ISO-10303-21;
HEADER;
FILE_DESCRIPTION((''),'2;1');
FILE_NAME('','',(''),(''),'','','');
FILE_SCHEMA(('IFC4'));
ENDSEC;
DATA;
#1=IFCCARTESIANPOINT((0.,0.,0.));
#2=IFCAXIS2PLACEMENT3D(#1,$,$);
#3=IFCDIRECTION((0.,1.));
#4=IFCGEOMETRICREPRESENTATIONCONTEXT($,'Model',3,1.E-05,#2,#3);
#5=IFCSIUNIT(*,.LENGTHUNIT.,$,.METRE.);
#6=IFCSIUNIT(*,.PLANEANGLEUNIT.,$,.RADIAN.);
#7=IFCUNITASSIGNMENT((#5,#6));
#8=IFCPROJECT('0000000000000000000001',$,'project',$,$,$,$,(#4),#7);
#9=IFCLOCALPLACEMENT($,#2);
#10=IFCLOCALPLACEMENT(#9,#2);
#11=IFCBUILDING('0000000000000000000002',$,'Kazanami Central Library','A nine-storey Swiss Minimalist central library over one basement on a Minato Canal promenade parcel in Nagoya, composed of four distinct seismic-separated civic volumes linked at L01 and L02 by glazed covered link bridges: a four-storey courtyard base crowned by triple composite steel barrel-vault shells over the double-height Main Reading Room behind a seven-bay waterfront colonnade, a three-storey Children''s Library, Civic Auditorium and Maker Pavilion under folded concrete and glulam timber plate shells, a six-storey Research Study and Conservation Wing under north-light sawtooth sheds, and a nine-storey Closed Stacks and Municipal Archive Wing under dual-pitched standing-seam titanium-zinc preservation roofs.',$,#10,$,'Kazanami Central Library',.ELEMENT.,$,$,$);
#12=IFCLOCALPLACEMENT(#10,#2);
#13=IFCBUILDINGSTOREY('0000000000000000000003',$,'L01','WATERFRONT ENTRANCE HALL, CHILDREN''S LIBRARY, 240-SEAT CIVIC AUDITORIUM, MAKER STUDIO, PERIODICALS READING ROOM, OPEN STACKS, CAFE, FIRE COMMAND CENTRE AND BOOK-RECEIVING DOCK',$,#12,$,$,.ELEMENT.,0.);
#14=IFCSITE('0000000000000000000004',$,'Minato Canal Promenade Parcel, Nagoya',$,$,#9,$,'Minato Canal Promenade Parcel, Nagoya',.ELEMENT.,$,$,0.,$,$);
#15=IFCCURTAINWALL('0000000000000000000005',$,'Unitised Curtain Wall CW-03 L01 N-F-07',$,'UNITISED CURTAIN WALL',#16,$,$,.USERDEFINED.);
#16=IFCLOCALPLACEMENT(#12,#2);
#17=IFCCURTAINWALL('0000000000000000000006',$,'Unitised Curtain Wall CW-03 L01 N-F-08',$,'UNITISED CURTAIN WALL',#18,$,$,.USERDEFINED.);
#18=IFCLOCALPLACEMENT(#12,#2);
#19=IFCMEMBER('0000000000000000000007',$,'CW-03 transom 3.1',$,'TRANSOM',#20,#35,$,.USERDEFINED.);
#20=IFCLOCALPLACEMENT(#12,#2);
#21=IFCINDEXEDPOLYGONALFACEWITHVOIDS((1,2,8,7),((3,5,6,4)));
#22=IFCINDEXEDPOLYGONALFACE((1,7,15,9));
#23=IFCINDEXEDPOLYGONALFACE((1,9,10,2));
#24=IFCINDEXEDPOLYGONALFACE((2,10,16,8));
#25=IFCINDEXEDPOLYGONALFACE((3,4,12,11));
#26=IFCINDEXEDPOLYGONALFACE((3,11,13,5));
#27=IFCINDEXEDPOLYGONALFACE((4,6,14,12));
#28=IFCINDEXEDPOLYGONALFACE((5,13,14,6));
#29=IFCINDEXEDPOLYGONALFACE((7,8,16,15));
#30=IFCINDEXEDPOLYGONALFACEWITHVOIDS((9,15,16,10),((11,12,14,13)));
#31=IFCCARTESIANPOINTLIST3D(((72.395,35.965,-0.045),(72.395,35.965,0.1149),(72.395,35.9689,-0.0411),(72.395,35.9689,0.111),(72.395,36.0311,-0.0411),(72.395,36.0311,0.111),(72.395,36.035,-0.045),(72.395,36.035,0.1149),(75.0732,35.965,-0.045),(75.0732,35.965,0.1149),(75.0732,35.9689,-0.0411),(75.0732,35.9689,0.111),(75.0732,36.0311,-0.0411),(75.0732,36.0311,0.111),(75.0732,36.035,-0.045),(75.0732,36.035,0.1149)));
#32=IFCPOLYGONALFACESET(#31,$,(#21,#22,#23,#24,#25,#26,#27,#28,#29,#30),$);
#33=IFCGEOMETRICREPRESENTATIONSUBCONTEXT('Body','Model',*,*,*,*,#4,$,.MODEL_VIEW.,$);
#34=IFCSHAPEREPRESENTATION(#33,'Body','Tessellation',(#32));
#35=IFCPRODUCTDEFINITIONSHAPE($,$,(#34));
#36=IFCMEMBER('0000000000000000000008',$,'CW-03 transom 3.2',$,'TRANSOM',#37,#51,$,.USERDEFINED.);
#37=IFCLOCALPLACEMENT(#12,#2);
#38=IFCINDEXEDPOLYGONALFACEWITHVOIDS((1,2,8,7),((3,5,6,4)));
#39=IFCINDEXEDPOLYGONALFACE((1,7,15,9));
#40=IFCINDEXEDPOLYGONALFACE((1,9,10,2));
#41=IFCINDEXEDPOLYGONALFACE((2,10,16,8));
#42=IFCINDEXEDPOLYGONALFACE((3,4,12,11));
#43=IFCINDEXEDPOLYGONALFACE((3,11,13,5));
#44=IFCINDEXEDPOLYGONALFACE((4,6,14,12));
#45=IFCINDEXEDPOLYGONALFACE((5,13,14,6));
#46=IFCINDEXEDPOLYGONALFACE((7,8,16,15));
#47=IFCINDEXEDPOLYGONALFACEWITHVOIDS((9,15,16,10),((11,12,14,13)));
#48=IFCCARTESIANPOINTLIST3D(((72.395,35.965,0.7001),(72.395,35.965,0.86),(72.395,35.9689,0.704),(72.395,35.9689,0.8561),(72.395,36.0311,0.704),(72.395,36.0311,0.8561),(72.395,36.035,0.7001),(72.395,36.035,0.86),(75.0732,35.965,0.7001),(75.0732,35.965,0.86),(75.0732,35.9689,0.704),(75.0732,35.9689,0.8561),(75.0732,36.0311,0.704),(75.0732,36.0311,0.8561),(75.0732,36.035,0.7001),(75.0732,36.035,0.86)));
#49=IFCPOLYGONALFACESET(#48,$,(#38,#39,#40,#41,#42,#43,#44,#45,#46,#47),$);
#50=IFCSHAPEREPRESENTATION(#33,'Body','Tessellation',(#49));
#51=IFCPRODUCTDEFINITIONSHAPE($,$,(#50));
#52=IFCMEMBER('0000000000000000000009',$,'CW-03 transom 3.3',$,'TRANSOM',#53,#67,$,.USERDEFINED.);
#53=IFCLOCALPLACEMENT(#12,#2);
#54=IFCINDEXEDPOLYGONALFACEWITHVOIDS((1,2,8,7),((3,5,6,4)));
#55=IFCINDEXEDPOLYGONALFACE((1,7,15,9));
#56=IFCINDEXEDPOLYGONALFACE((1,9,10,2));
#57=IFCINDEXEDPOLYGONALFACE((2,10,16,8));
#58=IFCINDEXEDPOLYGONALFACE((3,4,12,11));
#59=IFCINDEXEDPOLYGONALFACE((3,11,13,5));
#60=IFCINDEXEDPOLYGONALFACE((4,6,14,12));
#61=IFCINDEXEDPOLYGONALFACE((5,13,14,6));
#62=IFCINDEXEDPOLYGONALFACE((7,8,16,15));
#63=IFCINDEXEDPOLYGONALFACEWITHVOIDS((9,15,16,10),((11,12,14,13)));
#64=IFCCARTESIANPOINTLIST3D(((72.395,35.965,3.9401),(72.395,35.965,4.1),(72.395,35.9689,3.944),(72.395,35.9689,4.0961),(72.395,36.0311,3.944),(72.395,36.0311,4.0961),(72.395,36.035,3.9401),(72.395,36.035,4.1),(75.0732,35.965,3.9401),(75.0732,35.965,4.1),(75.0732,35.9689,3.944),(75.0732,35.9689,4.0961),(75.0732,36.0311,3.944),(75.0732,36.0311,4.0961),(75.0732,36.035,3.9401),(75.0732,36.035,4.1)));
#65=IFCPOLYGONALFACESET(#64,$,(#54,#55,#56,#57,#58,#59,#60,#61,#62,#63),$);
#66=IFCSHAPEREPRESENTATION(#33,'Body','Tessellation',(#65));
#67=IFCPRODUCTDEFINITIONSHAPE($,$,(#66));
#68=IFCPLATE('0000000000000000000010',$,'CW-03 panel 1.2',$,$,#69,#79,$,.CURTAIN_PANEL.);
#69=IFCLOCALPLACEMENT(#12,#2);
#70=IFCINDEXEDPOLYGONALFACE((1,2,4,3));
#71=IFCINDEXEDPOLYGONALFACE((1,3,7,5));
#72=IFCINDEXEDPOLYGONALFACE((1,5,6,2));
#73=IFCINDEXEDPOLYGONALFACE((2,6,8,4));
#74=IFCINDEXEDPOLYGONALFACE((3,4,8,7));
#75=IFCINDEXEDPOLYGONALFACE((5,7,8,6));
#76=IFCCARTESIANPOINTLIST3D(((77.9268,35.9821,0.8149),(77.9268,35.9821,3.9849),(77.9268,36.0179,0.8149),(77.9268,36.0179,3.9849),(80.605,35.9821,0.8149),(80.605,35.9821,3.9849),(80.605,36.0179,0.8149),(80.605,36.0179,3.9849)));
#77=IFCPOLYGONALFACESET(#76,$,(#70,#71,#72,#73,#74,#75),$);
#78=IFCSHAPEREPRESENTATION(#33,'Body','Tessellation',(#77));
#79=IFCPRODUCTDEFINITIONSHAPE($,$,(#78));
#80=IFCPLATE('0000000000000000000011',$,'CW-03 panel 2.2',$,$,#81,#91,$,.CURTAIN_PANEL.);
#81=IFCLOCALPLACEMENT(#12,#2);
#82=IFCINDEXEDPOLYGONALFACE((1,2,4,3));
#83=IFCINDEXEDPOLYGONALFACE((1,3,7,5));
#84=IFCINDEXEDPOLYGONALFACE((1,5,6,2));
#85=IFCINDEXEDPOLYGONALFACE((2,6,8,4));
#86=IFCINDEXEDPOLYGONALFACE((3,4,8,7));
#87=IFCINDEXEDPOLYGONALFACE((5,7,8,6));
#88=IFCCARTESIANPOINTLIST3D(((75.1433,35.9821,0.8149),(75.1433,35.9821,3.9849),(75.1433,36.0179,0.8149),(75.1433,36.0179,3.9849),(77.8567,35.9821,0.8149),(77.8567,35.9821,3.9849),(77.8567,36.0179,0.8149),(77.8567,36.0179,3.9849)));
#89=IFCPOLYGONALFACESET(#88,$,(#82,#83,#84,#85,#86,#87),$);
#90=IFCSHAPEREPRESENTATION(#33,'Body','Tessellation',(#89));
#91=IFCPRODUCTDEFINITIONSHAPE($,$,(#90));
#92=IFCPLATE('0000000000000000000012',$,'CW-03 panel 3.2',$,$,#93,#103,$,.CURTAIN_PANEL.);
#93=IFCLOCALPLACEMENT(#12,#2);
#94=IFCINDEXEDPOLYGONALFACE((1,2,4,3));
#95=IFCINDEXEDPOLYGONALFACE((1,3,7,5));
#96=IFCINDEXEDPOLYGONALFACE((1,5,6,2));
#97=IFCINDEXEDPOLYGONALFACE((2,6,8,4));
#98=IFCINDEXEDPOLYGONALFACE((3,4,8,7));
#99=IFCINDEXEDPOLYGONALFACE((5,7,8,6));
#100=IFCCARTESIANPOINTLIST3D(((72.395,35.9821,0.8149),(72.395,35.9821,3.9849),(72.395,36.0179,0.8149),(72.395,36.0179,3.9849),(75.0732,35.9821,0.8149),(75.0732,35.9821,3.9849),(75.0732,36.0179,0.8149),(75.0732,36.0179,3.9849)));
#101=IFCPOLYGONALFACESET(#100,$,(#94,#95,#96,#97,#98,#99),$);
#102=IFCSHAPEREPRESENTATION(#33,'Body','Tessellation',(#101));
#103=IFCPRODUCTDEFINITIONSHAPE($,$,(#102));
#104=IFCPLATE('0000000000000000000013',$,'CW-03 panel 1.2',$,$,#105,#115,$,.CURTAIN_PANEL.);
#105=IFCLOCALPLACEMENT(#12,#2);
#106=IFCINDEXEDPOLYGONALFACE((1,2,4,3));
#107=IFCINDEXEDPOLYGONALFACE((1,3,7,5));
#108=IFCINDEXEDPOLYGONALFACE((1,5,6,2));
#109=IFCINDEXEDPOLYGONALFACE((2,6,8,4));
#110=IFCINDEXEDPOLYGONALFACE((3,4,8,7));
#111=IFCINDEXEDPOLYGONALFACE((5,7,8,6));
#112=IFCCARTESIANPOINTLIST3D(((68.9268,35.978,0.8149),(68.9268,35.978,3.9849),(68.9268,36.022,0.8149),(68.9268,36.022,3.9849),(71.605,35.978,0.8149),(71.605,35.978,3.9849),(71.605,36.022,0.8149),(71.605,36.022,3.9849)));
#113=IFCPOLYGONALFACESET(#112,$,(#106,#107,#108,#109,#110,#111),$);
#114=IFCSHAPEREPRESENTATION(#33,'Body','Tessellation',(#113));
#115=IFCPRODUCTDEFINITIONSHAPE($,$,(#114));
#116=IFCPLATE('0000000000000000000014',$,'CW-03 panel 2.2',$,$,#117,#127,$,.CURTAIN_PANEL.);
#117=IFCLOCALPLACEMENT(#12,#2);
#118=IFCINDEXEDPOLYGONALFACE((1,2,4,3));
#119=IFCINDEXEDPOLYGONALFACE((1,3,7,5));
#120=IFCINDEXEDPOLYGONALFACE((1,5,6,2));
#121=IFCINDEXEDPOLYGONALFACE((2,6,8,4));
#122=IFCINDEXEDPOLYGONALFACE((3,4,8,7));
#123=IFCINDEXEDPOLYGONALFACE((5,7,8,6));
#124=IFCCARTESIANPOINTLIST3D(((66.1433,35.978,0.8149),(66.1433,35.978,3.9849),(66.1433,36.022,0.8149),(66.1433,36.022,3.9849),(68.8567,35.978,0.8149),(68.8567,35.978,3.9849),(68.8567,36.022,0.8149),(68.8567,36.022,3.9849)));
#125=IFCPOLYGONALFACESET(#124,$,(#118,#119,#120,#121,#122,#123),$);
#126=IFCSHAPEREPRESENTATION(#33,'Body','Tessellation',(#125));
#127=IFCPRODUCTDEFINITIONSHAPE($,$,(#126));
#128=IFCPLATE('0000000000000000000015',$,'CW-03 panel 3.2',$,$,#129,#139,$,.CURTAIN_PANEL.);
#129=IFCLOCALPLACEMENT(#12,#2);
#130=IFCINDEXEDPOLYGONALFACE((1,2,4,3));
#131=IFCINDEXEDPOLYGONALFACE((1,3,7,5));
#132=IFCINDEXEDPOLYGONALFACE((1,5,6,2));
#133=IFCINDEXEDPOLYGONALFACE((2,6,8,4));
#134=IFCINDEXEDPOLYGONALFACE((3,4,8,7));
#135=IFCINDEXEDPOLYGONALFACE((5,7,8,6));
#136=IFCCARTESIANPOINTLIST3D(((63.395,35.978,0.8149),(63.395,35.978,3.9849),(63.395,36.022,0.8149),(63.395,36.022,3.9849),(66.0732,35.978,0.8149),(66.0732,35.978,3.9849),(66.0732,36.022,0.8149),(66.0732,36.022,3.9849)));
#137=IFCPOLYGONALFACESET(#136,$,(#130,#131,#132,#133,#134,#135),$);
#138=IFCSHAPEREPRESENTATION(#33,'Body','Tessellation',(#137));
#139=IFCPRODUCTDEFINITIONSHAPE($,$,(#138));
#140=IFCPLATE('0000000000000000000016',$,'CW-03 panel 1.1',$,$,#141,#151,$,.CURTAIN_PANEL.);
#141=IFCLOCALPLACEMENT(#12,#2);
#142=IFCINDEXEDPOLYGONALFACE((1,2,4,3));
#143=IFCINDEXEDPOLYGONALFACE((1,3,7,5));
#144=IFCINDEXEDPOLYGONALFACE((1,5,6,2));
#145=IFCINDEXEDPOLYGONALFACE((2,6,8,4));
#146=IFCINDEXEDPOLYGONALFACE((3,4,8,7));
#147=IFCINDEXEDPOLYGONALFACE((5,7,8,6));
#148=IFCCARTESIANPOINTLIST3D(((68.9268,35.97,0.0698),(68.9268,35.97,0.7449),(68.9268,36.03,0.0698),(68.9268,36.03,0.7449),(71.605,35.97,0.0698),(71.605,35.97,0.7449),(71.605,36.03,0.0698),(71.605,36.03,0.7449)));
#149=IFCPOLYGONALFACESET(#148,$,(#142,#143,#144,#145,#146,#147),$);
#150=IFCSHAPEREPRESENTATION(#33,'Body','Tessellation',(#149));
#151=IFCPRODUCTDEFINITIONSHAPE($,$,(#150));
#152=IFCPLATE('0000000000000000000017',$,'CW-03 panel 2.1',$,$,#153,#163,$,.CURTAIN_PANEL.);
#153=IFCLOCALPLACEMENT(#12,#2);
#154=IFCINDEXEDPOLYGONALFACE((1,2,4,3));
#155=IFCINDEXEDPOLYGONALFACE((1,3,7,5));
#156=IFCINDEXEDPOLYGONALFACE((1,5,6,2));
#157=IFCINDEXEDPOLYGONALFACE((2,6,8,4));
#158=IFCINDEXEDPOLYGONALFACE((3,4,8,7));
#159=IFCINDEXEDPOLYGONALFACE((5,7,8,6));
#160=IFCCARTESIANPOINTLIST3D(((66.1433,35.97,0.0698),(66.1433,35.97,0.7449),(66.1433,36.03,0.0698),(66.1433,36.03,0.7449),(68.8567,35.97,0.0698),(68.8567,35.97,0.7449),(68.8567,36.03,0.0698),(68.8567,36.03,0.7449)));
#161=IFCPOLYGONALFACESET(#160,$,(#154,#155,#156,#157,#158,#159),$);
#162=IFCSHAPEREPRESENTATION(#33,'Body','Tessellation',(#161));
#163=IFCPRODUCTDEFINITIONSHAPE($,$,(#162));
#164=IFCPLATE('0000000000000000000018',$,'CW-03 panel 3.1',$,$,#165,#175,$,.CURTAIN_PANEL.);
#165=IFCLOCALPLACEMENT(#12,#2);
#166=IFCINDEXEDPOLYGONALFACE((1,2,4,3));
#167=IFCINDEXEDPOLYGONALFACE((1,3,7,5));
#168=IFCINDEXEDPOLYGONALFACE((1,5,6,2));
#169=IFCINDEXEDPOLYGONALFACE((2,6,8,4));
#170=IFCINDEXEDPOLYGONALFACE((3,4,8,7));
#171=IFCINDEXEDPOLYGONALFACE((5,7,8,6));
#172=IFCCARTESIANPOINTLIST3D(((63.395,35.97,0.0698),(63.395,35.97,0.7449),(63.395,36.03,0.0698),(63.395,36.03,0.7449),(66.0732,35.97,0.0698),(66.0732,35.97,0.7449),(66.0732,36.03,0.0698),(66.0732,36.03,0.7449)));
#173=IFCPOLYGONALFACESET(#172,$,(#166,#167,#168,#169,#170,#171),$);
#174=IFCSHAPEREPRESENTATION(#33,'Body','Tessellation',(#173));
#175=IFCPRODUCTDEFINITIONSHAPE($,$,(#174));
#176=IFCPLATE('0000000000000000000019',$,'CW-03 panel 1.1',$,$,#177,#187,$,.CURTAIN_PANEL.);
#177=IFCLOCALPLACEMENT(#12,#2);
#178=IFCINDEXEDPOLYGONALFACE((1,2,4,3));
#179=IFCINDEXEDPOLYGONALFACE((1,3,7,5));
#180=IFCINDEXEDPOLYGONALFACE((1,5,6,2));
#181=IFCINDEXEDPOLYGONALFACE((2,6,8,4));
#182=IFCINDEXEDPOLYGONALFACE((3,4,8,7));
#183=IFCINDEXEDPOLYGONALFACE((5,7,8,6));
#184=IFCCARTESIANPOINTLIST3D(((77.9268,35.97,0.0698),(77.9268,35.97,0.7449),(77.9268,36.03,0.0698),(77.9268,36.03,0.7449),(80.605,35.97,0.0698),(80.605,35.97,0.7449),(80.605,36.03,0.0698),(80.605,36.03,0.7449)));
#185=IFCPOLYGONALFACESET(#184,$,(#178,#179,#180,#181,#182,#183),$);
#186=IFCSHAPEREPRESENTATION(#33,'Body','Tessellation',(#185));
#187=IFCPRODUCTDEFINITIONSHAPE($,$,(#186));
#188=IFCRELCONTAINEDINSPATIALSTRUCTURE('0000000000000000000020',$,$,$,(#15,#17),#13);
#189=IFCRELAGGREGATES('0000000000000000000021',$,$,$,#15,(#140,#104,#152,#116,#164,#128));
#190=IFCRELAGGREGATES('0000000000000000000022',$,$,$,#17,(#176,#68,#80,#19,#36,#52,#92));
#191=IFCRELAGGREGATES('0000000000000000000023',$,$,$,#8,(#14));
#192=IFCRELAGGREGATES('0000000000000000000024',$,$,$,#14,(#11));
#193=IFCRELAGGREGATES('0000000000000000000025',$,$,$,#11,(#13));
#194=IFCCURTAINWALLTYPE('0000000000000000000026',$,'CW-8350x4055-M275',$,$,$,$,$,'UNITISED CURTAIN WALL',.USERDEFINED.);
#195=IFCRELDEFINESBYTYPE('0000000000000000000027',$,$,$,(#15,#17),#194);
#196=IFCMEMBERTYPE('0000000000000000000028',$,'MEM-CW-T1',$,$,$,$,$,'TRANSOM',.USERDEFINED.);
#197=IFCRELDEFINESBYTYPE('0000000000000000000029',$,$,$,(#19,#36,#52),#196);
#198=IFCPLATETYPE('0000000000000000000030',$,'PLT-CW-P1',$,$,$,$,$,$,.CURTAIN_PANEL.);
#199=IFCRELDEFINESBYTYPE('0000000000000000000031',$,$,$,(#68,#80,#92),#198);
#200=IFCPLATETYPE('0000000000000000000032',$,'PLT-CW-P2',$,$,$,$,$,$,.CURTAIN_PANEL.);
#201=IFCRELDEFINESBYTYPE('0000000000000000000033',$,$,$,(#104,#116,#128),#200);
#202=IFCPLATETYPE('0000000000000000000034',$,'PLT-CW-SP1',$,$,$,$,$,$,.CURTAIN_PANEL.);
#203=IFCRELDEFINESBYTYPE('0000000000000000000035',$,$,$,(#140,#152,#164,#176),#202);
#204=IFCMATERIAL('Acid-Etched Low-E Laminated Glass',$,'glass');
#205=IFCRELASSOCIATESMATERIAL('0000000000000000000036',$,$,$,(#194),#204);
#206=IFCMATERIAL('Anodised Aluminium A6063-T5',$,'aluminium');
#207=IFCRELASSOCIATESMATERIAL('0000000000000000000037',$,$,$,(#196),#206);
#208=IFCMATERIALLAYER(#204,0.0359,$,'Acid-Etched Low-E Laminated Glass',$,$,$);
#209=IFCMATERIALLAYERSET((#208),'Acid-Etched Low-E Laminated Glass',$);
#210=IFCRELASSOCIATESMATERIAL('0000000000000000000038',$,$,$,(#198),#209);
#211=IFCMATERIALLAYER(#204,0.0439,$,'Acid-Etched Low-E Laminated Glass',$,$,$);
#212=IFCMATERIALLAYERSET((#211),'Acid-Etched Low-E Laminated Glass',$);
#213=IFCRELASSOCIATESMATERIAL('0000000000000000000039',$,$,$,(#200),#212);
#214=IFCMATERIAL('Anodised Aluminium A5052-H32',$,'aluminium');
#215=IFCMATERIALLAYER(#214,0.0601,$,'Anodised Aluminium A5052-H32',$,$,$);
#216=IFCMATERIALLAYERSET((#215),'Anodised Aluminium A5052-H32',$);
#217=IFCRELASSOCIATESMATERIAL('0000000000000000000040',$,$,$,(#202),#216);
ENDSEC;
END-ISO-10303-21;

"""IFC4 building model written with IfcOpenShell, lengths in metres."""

from ifc_helpers import new_model, si_unit, direction, frame, origin, origin_2d, place, context, subcontext, project, spatial, rectangle, hollow_rectangle, extrude, material, layer, layer_set, material_profile, profile_set, type_object, element, aggregate, save


model = new_model("IFC4")

# Units and contexts
model_context = context("Model", 3, precision=1e-05, world=origin(), true_north=direction((0.0, 1.0)))
body_context = subcontext(model_context, "Body", "Model", "MODEL_VIEW")
ifc_project = project(units=[si_unit("LENGTHUNIT", "METRE"), si_unit("PLANEANGLEUNIT", "RADIAN")], contexts=[model_context])

# Site, building, storey
site_placement = place(None, origin())
site = spatial("IfcSite", under=ifc_project, at=site_placement, Name="Minato Canal Promenade Parcel, Nagoya", LongName="Minato Canal Promenade Parcel, Nagoya", CompositionType="ELEMENT", RefElevation=0.0)
building_placement = place(site_placement, origin())
building = spatial("IfcBuilding", under=site, at=building_placement, Name="Kazanami Central Library", Description="A nine-storey Swiss Minimalist central library over one basement on a Minato Canal promenade parcel in Nagoya, composed of four distinct seismic-separated civic volumes linked at L01 and L02 by glazed covered link bridges: a four-storey courtyard base crowned by triple composite steel barrel-vault shells over the double-height Main Reading Room behind a seven-bay waterfront colonnade, a three-storey Children's Library, Civic Auditorium and Maker Pavilion under folded concrete and glulam timber plate shells, a six-storey Research Study and Conservation Wing under north-light sawtooth sheds, and a nine-storey Closed Stacks and Municipal Archive Wing under dual-pitched standing-seam titanium-zinc preservation roofs.", LongName="Kazanami Central Library", CompositionType="ELEMENT")
storey_placement = place(building_placement, origin())
storey = spatial("IfcBuildingStorey", under=building, at=storey_placement, Name="L01", Description="WATERFRONT ENTRANCE HALL, CHILDREN'S LIBRARY, 240-SEAT CIVIC AUDITORIUM, MAKER STUDIO, PERIODICALS READING ROOM, OPEN STACKS, CAFE, FIRE COMMAND CENTRE AND BOOK-RECEIVING DOCK", CompositionType="ELEMENT", Elevation=0.0)

# Curtain walls
ifc_material_1 = material(Name="Acid-Etched Low-E Laminated Glass", Category="glass")
curtain_wall_type = type_object("IfcCurtainWallType", Name="CW-8350x4055-M275", ElementType="UNITISED CURTAIN WALL", PredefinedType="USERDEFINED", material=ifc_material_1)
curtain_wall_1_placement = place(storey_placement, origin())
curtain_wall_1 = element("IfcCurtainWall", 1, at=curtain_wall_1_placement, inside=storey, type_object=curtain_wall_type, Name="Unitised Curtain Wall CW-03 L01 N-F-07", ObjectType="UNITISED CURTAIN WALL", PredefinedType="USERDEFINED")
ifc_material_2 = material(Name="Anodised Aluminium A6063-T5", Category="aluminium")
curtain_wall_2_placement = place(storey_placement, origin())
curtain_wall_2 = element("IfcCurtainWall", 2, at=curtain_wall_2_placement, inside=storey, type_object=curtain_wall_type, Name="Unitised Curtain Wall CW-03 L01 N-F-08", ObjectType="UNITISED CURTAIN WALL", PredefinedType="USERDEFINED")

# Members
ifc_material_profile_1 = material_profile(ifc_material_2, hollow_rectangle(XDim=0.0701, YDim=0.1599, WallThickness=0.0039, at=origin_2d()), Name="ALU-TRAN-70x160x4")
ifc_profile_set_1 = profile_set([ifc_material_profile_1], Name="Anodised Aluminium A6063-T5")
member_type_1 = type_object("IfcMemberType", Name="MEM-CW-T1", ElementType="TRANSOM", PredefinedType="USERDEFINED", material=ifc_profile_set_1)
member_1_placement = place(storey_placement, frame((75.0732, 36.0, 0.0349), z_axis=(-1.0, 0.0, 0.0), x_axis=(0.0, -1.0, 0.0)))
member_1 = element("IfcMember", 3, at=member_1_placement, type_object=member_type_1, Name="CW-03 transom 3.1", ObjectType="TRANSOM", PredefinedType="USERDEFINED", context=body_context, shape_type="SweptSolid", body=[
    extrude(hollow_rectangle(XDim=0.0701, YDim=0.1599, WallThickness=0.0039, at=origin_2d()), origin(), (0.0, 0.0, 1.0), 2.6782),
])
member_2_placement = place(storey_placement, frame((75.0732, 36.0, 0.78), z_axis=(-1.0, 0.0, 0.0), x_axis=(0.0, -1.0, 0.0)))
member_2 = element("IfcMember", 4, at=member_2_placement, type_object=member_type_1, Name="CW-03 transom 3.2", ObjectType="TRANSOM", PredefinedType="USERDEFINED", context=body_context, shape_type="SweptSolid", body=[
    extrude(hollow_rectangle(XDim=0.0701, YDim=0.1599, WallThickness=0.0039, at=origin_2d()), origin(), (0.0, 0.0, 1.0), 2.6782),
])
member_3_placement = place(storey_placement, frame((75.0732, 36.0, 4.02), z_axis=(-1.0, 0.0, 0.0), x_axis=(0.0, -1.0, 0.0)))
member_3 = element("IfcMember", 5, at=member_3_placement, type_object=member_type_1, Name="CW-03 transom 3.3", ObjectType="TRANSOM", PredefinedType="USERDEFINED", context=body_context, shape_type="SweptSolid", body=[
    extrude(hollow_rectangle(XDim=0.0701, YDim=0.1599, WallThickness=0.0039, at=origin_2d()), origin(), (0.0, 0.0, 1.0), 2.6782),
])

# Plates
ifc_layer_1 = layer(ifc_material_1, 0.0359, Name="Acid-Etched Low-E Laminated Glass")
ifc_layer_set_1 = layer_set([ifc_layer_1], Name="Acid-Etched Low-E Laminated Glass")
plate_type_1 = type_object("IfcPlateType", Name="PLT-CW-P1", PredefinedType="CURTAIN_PANEL", material=ifc_layer_set_1)
plate_1_placement = place(storey_placement, frame((79.2659, 36.0, 0.8149), z_axis=(0.0, 0.0, 1.0), x_axis=(-1.0, 0.0, 0.0)))
plate_1 = element("IfcPlate", 6, at=plate_1_placement, type_object=plate_type_1, Name="CW-03 panel 1.2", PredefinedType="CURTAIN_PANEL", context=body_context, shape_type="SweptSolid", body=[
    extrude(rectangle(XDim=2.6782, YDim=0.0359, at=origin_2d()), origin(), (0.0, 0.0, 1.0), 3.1699),
])
plate_2_placement = place(storey_placement, frame((76.5, 36.0, 0.8149), z_axis=(0.0, 0.0, 1.0), x_axis=(-1.0, 0.0, 0.0)))
plate_2 = element("IfcPlate", 7, at=plate_2_placement, type_object=plate_type_1, Name="CW-03 panel 2.2", PredefinedType="CURTAIN_PANEL", context=body_context, shape_type="SweptSolid", body=[
    extrude(rectangle(XDim=2.7134, YDim=0.0359, at=origin_2d()), origin(), (0.0, 0.0, 1.0), 3.1699),
])
plate_3_placement = place(storey_placement, frame((73.7341, 36.0, 0.8149), z_axis=(0.0, 0.0, 1.0), x_axis=(-1.0, 0.0, 0.0)))
plate_3 = element("IfcPlate", 8, at=plate_3_placement, type_object=plate_type_1, Name="CW-03 panel 3.2", PredefinedType="CURTAIN_PANEL", context=body_context, shape_type="SweptSolid", body=[
    extrude(rectangle(XDim=2.6782, YDim=0.0359, at=origin_2d()), origin(), (0.0, 0.0, 1.0), 3.1699),
])
ifc_layer_2 = layer(ifc_material_1, 0.0439, Name="Acid-Etched Low-E Laminated Glass")
ifc_layer_set_2 = layer_set([ifc_layer_2], Name="Acid-Etched Low-E Laminated Glass")
plate_type_2 = type_object("IfcPlateType", Name="PLT-CW-P2", PredefinedType="CURTAIN_PANEL", material=ifc_layer_set_2)
plate_4_placement = place(storey_placement, frame((70.2659, 36.0, 0.8149), z_axis=(0.0, 0.0, 1.0), x_axis=(-1.0, 0.0, 0.0)))
plate_4 = element("IfcPlate", 9, at=plate_4_placement, type_object=plate_type_2, Name="CW-03 panel 1.2", PredefinedType="CURTAIN_PANEL", context=body_context, shape_type="SweptSolid", body=[
    extrude(rectangle(XDim=2.6782, YDim=0.0439, at=origin_2d()), origin(), (0.0, 0.0, 1.0), 3.1699),
])
plate_5_placement = place(storey_placement, frame((67.5, 36.0, 0.8149), z_axis=(0.0, 0.0, 1.0), x_axis=(-1.0, 0.0, 0.0)))
plate_5 = element("IfcPlate", 10, at=plate_5_placement, type_object=plate_type_2, Name="CW-03 panel 2.2", PredefinedType="CURTAIN_PANEL", context=body_context, shape_type="SweptSolid", body=[
    extrude(rectangle(XDim=2.7134, YDim=0.0439, at=origin_2d()), origin(), (0.0, 0.0, 1.0), 3.1699),
])
plate_6_placement = place(storey_placement, frame((64.7341, 36.0, 0.8149), z_axis=(0.0, 0.0, 1.0), x_axis=(-1.0, 0.0, 0.0)))
plate_6 = element("IfcPlate", 11, at=plate_6_placement, type_object=plate_type_2, Name="CW-03 panel 3.2", PredefinedType="CURTAIN_PANEL", context=body_context, shape_type="SweptSolid", body=[
    extrude(rectangle(XDim=2.6782, YDim=0.0439, at=origin_2d()), origin(), (0.0, 0.0, 1.0), 3.1699),
])
ifc_material_3 = material(Name="Anodised Aluminium A5052-H32", Category="aluminium")
ifc_layer_3 = layer(ifc_material_3, 0.0601, Name="Anodised Aluminium A5052-H32")
ifc_layer_set_3 = layer_set([ifc_layer_3], Name="Anodised Aluminium A5052-H32")
plate_type_3 = type_object("IfcPlateType", Name="PLT-CW-SP1", PredefinedType="CURTAIN_PANEL", material=ifc_layer_set_3)
plate_7_placement = place(storey_placement, frame((70.2659, 36.0, 0.0698), z_axis=(0.0, 0.0, 1.0), x_axis=(-1.0, 0.0, 0.0)))
plate_7 = element("IfcPlate", 12, at=plate_7_placement, type_object=plate_type_3, Name="CW-03 panel 1.1", PredefinedType="CURTAIN_PANEL", context=body_context, shape_type="SweptSolid", body=[
    extrude(rectangle(XDim=2.6782, YDim=0.0601, at=origin_2d()), origin(), (0.0, 0.0, 1.0), 0.675),
])
plate_8_placement = place(storey_placement, frame((67.5, 36.0, 0.0698), z_axis=(0.0, 0.0, 1.0), x_axis=(-1.0, 0.0, 0.0)))
plate_8 = element("IfcPlate", 13, at=plate_8_placement, type_object=plate_type_3, Name="CW-03 panel 2.1", PredefinedType="CURTAIN_PANEL", context=body_context, shape_type="SweptSolid", body=[
    extrude(rectangle(XDim=2.7134, YDim=0.0601, at=origin_2d()), origin(), (0.0, 0.0, 1.0), 0.675),
])
plate_9_placement = place(storey_placement, frame((64.7341, 36.0, 0.0698), z_axis=(0.0, 0.0, 1.0), x_axis=(-1.0, 0.0, 0.0)))
plate_9 = element("IfcPlate", 14, at=plate_9_placement, type_object=plate_type_3, Name="CW-03 panel 3.1", PredefinedType="CURTAIN_PANEL", context=body_context, shape_type="SweptSolid", body=[
    extrude(rectangle(XDim=2.6782, YDim=0.0601, at=origin_2d()), origin(), (0.0, 0.0, 1.0), 0.675),
])
aggregate(curtain_wall_1, [plate_7, plate_4, plate_8, plate_5, plate_9, plate_6])
plate_10_placement = place(storey_placement, frame((79.2659, 36.0, 0.0698), z_axis=(0.0, 0.0, 1.0), x_axis=(-1.0, 0.0, 0.0)))
plate_10 = element("IfcPlate", 15, at=plate_10_placement, type_object=plate_type_3, Name="CW-03 panel 1.1", PredefinedType="CURTAIN_PANEL", context=body_context, shape_type="SweptSolid", body=[
    extrude(rectangle(XDim=2.6782, YDim=0.0601, at=origin_2d()), origin(), (0.0, 0.0, 1.0), 0.675),
])
aggregate(curtain_wall_2, [plate_10, plate_1, plate_2, member_1, member_2, member_3, plate_3])

save(model, "model.ifc")
